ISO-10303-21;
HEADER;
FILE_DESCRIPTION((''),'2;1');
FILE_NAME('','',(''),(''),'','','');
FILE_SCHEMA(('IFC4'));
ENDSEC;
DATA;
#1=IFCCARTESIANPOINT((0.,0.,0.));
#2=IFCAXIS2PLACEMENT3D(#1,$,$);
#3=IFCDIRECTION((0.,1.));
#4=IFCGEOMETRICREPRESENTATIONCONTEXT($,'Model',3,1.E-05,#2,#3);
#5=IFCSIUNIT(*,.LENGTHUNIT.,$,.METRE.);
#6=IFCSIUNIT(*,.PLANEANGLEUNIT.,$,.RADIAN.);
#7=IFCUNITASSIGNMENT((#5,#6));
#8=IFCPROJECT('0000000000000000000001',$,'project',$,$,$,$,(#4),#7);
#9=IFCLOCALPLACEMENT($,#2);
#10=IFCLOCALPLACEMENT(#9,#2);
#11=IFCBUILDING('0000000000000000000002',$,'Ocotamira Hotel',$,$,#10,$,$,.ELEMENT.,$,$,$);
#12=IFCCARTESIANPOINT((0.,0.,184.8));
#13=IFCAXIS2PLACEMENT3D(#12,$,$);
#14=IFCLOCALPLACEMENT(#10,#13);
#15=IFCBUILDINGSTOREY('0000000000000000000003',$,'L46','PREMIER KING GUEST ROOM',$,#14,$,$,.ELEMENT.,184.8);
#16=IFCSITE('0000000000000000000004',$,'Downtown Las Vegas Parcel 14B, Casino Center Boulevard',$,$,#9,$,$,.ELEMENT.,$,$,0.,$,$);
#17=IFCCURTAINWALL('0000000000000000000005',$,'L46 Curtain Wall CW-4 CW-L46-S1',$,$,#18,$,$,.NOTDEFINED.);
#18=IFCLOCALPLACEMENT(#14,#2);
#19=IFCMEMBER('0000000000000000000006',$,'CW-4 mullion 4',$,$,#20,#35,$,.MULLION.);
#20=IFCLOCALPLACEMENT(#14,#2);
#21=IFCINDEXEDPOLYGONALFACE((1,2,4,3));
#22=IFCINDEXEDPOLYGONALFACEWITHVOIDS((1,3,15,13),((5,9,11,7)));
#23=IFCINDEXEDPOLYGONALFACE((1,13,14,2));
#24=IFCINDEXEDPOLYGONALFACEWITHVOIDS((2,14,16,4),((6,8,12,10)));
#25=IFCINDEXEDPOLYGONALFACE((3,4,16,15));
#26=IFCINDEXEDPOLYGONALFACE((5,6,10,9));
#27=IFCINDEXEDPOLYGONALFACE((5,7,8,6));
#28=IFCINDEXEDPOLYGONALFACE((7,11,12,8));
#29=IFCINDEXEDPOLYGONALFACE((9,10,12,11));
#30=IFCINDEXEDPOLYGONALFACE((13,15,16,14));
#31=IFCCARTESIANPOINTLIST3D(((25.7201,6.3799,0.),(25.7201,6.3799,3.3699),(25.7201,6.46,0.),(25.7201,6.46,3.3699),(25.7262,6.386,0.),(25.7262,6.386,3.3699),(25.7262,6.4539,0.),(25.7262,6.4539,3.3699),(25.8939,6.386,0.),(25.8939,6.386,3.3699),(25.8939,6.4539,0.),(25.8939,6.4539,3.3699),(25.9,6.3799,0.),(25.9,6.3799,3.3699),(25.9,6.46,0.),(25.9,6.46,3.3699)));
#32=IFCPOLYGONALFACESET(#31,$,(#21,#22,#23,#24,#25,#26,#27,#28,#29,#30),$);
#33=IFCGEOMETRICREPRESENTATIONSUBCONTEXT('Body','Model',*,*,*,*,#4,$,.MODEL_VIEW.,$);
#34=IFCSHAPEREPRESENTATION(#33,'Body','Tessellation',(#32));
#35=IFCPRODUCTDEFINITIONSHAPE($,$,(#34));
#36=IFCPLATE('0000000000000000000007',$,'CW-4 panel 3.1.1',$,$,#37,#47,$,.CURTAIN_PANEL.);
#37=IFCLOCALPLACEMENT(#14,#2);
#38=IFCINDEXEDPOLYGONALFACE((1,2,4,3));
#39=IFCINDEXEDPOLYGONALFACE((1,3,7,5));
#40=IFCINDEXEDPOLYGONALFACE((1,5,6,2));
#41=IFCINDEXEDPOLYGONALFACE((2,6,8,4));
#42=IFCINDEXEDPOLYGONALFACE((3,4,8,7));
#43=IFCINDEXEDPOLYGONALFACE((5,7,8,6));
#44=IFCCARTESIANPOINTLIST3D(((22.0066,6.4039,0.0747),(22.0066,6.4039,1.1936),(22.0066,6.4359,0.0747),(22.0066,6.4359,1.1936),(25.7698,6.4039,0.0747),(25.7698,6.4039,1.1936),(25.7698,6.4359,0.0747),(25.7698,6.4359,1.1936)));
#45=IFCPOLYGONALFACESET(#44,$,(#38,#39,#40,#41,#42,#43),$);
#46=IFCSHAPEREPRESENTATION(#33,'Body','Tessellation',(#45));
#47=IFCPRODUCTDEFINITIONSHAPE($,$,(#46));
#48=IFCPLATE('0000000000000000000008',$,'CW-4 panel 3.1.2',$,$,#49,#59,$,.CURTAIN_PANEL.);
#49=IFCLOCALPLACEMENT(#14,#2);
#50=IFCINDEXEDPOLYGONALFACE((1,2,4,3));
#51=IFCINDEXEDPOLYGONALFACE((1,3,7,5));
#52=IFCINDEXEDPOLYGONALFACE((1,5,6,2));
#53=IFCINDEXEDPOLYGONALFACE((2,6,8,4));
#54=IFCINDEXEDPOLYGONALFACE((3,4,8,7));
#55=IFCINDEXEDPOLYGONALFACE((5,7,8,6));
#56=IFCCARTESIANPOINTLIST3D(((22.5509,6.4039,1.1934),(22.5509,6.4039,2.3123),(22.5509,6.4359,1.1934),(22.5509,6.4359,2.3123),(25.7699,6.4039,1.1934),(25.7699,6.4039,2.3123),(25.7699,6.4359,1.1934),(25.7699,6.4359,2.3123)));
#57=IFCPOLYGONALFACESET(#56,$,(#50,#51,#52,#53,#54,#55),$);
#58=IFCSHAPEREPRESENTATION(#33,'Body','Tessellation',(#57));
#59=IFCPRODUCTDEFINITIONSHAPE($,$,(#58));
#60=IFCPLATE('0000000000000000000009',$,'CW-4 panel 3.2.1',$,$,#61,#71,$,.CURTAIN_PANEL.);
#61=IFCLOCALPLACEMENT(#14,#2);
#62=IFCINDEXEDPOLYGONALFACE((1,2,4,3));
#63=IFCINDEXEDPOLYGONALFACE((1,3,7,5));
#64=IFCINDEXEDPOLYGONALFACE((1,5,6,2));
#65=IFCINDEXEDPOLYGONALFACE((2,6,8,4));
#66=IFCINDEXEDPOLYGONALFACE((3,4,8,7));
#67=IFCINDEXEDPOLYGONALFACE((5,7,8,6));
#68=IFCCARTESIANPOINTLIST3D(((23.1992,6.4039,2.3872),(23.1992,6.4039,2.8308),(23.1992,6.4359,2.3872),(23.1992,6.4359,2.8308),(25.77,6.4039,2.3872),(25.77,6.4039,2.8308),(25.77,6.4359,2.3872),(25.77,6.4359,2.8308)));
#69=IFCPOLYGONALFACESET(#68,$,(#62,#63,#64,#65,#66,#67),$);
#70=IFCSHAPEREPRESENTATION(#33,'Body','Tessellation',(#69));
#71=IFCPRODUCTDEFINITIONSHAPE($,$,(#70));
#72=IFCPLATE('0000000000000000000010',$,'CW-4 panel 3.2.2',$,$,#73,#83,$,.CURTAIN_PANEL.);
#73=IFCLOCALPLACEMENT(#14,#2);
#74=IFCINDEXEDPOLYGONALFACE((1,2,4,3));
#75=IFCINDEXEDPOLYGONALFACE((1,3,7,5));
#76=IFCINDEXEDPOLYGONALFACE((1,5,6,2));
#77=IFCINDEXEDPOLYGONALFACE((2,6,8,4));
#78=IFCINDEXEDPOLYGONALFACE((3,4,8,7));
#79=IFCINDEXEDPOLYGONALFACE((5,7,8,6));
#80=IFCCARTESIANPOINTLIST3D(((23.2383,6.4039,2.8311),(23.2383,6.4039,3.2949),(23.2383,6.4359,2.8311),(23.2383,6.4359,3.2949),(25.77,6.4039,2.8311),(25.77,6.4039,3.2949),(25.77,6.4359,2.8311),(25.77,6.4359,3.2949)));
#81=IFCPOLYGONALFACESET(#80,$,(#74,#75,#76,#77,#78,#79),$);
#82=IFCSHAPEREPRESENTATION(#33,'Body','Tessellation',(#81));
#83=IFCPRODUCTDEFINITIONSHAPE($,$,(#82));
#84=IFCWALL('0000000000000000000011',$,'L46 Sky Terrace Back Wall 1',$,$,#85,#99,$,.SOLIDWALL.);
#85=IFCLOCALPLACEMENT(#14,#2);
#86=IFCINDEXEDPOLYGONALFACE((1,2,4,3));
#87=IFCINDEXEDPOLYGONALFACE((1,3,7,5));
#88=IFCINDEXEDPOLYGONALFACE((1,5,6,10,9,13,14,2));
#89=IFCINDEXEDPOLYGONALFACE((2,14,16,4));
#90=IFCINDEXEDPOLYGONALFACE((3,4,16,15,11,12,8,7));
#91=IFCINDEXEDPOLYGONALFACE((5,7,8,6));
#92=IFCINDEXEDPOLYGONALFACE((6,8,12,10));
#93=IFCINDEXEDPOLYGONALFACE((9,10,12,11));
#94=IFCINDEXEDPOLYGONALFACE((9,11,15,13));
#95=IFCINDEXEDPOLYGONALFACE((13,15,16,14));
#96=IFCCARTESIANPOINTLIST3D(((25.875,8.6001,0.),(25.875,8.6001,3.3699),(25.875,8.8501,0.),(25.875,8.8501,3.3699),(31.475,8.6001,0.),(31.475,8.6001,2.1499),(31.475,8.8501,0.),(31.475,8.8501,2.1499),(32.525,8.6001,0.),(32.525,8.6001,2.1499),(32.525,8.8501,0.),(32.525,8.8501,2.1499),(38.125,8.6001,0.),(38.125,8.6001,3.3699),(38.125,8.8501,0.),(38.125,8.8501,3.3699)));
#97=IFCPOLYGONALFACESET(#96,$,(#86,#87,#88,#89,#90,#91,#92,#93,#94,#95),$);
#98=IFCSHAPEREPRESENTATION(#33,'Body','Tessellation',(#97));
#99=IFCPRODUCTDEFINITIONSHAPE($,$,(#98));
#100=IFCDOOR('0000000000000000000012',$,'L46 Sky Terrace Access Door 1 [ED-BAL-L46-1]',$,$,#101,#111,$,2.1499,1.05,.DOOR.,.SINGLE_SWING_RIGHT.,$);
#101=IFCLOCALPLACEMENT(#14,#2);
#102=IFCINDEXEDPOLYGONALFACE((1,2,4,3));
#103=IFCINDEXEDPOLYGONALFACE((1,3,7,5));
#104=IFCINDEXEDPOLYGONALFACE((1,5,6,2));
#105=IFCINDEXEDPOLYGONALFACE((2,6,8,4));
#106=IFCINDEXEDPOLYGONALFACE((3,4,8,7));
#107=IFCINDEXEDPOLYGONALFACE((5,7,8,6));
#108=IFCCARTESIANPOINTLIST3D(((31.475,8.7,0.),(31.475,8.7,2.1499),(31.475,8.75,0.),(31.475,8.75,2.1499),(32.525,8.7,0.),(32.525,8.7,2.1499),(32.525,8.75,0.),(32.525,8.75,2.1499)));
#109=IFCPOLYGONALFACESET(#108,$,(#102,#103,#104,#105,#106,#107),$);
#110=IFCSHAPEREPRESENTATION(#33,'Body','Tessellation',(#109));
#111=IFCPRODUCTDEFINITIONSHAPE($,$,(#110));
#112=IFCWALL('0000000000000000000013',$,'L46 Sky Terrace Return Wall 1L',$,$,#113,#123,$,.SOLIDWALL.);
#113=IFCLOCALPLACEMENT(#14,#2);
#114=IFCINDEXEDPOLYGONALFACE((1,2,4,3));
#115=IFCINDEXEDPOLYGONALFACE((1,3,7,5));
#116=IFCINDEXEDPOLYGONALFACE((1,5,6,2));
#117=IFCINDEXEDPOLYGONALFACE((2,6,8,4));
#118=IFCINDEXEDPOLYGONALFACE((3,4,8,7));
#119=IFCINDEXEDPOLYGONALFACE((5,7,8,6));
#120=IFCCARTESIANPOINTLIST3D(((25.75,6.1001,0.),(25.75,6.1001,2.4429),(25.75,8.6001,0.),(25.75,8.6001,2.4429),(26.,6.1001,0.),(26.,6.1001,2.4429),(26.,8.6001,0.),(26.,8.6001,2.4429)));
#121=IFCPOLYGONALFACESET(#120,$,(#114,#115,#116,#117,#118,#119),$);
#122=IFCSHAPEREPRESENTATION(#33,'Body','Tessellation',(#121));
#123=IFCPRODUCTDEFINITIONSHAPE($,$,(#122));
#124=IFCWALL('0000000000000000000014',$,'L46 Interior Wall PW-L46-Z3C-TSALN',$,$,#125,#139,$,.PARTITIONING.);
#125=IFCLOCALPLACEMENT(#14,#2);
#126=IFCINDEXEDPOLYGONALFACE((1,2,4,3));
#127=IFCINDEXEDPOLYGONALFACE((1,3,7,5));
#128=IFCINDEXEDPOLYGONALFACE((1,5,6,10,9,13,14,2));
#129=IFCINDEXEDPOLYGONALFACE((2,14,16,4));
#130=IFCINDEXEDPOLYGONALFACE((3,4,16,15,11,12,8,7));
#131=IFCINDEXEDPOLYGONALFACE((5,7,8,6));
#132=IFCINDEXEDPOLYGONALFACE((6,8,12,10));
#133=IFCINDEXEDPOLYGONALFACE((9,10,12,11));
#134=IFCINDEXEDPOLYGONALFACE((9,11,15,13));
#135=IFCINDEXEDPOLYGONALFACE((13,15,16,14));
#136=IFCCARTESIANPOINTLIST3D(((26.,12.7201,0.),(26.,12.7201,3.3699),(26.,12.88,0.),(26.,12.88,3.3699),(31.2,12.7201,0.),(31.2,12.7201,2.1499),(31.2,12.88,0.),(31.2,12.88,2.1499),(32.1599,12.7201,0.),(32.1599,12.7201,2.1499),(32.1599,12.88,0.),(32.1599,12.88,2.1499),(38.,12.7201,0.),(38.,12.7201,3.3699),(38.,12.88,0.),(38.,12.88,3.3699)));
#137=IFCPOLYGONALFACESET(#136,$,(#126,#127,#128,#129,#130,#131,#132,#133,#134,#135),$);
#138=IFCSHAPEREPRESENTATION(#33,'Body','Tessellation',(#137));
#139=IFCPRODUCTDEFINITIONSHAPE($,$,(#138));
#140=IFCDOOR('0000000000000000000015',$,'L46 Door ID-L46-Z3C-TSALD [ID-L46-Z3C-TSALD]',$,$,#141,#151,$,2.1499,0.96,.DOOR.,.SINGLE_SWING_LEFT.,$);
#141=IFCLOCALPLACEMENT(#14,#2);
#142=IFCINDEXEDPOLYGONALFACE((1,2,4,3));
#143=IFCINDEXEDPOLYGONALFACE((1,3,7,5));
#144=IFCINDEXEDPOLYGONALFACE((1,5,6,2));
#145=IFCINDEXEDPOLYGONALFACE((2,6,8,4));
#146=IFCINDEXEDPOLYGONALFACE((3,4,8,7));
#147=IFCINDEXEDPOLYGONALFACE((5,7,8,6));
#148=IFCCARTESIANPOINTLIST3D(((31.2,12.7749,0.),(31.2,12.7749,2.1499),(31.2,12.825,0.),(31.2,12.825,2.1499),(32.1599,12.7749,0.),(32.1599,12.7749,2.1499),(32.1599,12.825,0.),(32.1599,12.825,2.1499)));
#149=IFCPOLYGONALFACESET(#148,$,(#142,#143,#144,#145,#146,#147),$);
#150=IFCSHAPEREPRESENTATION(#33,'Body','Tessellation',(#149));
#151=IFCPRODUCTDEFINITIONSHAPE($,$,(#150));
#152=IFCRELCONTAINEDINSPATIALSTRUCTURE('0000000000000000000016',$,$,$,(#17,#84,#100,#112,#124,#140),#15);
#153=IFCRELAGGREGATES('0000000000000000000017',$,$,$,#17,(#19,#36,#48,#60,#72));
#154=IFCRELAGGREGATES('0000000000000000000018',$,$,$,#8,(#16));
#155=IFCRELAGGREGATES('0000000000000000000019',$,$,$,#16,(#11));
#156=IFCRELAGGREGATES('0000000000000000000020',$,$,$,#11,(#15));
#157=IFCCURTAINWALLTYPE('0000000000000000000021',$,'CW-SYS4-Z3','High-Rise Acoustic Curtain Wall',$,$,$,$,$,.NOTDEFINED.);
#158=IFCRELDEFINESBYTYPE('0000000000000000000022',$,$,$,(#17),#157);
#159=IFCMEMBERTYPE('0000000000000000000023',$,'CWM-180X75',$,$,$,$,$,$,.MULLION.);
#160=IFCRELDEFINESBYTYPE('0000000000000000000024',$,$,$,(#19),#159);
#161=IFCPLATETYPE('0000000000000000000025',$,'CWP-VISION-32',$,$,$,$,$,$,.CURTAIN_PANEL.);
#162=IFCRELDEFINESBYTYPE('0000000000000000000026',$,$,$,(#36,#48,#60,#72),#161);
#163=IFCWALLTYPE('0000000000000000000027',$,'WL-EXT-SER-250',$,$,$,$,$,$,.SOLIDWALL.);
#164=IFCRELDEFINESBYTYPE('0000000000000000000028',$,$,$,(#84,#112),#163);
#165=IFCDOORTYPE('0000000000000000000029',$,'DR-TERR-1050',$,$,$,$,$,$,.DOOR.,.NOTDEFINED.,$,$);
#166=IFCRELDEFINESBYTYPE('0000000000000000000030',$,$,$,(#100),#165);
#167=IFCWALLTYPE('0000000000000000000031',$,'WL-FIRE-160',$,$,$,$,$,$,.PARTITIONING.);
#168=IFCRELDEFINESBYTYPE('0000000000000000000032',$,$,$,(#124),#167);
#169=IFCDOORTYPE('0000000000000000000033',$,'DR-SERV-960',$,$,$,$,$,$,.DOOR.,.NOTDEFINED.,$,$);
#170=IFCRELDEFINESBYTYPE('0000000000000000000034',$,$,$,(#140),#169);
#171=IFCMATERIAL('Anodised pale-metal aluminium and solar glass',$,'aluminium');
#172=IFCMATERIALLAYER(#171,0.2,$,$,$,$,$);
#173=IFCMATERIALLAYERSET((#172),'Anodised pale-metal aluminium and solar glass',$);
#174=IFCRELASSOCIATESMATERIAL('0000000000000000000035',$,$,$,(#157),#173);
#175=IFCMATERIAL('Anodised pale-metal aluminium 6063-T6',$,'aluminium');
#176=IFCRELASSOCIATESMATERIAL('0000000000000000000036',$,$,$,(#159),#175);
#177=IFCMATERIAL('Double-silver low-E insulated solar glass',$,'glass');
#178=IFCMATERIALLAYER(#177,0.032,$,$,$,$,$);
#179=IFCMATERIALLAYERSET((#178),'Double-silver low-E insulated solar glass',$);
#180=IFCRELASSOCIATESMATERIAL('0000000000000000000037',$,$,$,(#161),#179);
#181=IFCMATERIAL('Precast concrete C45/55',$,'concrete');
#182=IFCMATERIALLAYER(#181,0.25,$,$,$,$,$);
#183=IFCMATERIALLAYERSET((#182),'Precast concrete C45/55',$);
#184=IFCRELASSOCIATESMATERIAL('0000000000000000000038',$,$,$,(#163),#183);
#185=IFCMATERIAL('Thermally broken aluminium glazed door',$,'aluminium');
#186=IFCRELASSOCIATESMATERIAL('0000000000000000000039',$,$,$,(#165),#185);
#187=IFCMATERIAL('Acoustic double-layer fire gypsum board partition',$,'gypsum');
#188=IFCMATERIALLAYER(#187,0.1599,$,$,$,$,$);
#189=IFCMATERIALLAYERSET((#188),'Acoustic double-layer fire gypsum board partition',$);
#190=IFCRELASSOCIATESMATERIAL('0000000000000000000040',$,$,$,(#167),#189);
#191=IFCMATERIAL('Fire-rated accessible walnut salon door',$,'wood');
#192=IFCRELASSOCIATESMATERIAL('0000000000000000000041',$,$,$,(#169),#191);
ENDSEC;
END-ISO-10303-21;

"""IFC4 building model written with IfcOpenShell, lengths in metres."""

from ifc_helpers import new_model, si_unit, direction, frame, frame_2d, origin, origin_2d, place, context, subcontext, project, spatial, rectangle, hollow_rectangle, extrude, source, transform, mapped, material, layer, layer_set, material_profile, profile_set, type_object, element, fill, aggregate, save


model = new_model("IFC4")

# Units and contexts
model_context = context("Model", 3, precision=1e-05, world=origin(), true_north=direction((0.0, 1.0)))
body_context = subcontext(model_context, "Body", "Model", "MODEL_VIEW")
ifc_project = project(units=[si_unit("LENGTHUNIT", "METRE"), si_unit("PLANEANGLEUNIT", "RADIAN")], contexts=[model_context])

# Site, building, storey
site_placement = place(None, origin())
site = spatial("IfcSite", under=ifc_project, at=site_placement, Name="Downtown Las Vegas Parcel 14B, Casino Center Boulevard", CompositionType="ELEMENT", RefElevation=0.0)
building_placement = place(site_placement, origin())
building = spatial("IfcBuilding", under=site, at=building_placement, Name="Ocotamira Hotel", CompositionType="ELEMENT")
storey_placement = place(building_placement, frame((0.0, 0.0, 184.8)))
storey = spatial("IfcBuildingStorey", under=building, at=storey_placement, Name="L46", Description="PREMIER KING GUEST ROOM", CompositionType="ELEMENT", Elevation=184.8)

# Curtain wall, member, plates
ifc_material_1 = material(Name="Anodised pale-metal aluminium and solar glass", Category="aluminium")
ifc_layer_1 = layer(ifc_material_1, 0.2)
ifc_layer_set_1 = layer_set([ifc_layer_1], Name="Anodised pale-metal aluminium and solar glass")
curtain_wall_type = type_object("IfcCurtainWallType", Name="CW-SYS4-Z3", Description="High-Rise Acoustic Curtain Wall", PredefinedType="NOTDEFINED", material=ifc_layer_set_1)
curtain_wall_placement = place(storey_placement, origin())
curtain_wall = element("IfcCurtainWall", 1, at=curtain_wall_placement, inside=storey, type_object=curtain_wall_type, Name="L46 Curtain Wall CW-4 CW-L46-S1", PredefinedType="NOTDEFINED")
ifc_material_2 = material(Name="Anodised pale-metal aluminium 6063-T6", Category="aluminium")
ifc_material_profile = material_profile(ifc_material_2, hollow_rectangle(XDim=0.0801, YDim=0.1799, WallThickness=0.0061, at=origin_2d()), Name="HSS180X80X6")
ifc_profile_set = profile_set([ifc_material_profile], Name="Anodised pale-metal aluminium 6063-T6")
member_type = type_object("IfcMemberType", Name="CWM-180X75", PredefinedType="MULLION", material=ifc_profile_set)
shared_shape_1 = source(origin(), body_context, "Body", "SweptSolid", [
    extrude(hollow_rectangle(XDim=0.0801, YDim=0.1799, WallThickness=0.0061, at=origin_2d()), origin(), (0.0, 0.0, 1.0), 3.3699),
])
member_placement = place(storey_placement, frame((25.8101, 6.4199, 0.0), z_axis=(0.0, 0.0, 1.0), x_axis=(0.0, 1.0, 0.0)))
member = element("IfcMember", 2, at=member_placement, type_object=member_type, Name="CW-4 mullion 4", PredefinedType="MULLION", context=body_context, shape_type="MappedRepresentation", body=[
    mapped(shared_shape_1, transform((0.0, 0.0, 0.0), scale=1.0)),
])
ifc_material_3 = material(Name="Double-silver low-E insulated solar glass", Category="glass")
ifc_layer_2 = layer(ifc_material_3, 0.032)
ifc_layer_set_2 = layer_set([ifc_layer_2], Name="Double-silver low-E insulated solar glass")
plate_type = type_object("IfcPlateType", Name="CWP-VISION-32", PredefinedType="CURTAIN_PANEL", material=ifc_layer_set_2)
shared_shape_2 = source(origin(), body_context, "Body", "SweptSolid", [
    extrude(rectangle(XDim=3.7632, YDim=0.032, at=origin_2d()), origin(), (0.0, 0.0, 1.0), 1.1189),
])
plate_1_placement = place(storey_placement, frame((23.8882, 6.4199, 0.0747), z_axis=(0.0, 0.0, 1.0), x_axis=(1.0, 0.0, 0.0)))
plate_1 = element("IfcPlate", 3, at=plate_1_placement, type_object=plate_type, Name="CW-4 panel 3.1.1", PredefinedType="CURTAIN_PANEL", context=body_context, shape_type="MappedRepresentation", body=[
    mapped(shared_shape_2, transform((0.0, 0.0, 0.0), scale=1.0)),
])
shared_shape_3 = source(origin(), body_context, "Body", "SweptSolid", [
    extrude(rectangle(XDim=3.219, YDim=0.032, at=origin_2d()), origin(), (0.0, 0.0, 1.0), 1.1189),
])
plate_2_placement = place(storey_placement, frame((24.1604, 6.4199, 1.1934), z_axis=(0.0, 0.0, 1.0), x_axis=(1.0, 0.0, 0.0)))
plate_2 = element("IfcPlate", 4, at=plate_2_placement, type_object=plate_type, Name="CW-4 panel 3.1.2", PredefinedType="CURTAIN_PANEL", context=body_context, shape_type="MappedRepresentation", body=[
    mapped(shared_shape_3, transform((0.0, 0.0, 0.0), scale=1.0)),
])
shared_shape_4 = source(origin(), body_context, "Body", "SweptSolid", [
    extrude(rectangle(XDim=2.5708, YDim=0.032, at=origin_2d()), origin(), (0.0, 0.0, 1.0), 0.4436),
])
plate_3_placement = place(storey_placement, frame((24.4846, 6.4199, 2.3872), z_axis=(0.0, 0.0, 1.0), x_axis=(1.0, 0.0, 0.0)))
plate_3 = element("IfcPlate", 5, at=plate_3_placement, type_object=plate_type, Name="CW-4 panel 3.2.1", PredefinedType="CURTAIN_PANEL", context=body_context, shape_type="MappedRepresentation", body=[
    mapped(shared_shape_4, transform((0.0, 0.0, 0.0), scale=1.0)),
])
shared_shape_5 = source(origin(), body_context, "Body", "SweptSolid", [
    extrude(rectangle(XDim=2.5317, YDim=0.032, at=origin_2d()), origin(), (0.0, 0.0, 1.0), 0.4639),
])
plate_4_placement = place(storey_placement, frame((24.5042, 6.4199, 2.8311), z_axis=(0.0, 0.0, 1.0), x_axis=(1.0, 0.0, 0.0)))
plate_4 = element("IfcPlate", 6, at=plate_4_placement, type_object=plate_type, Name="CW-4 panel 3.2.2", PredefinedType="CURTAIN_PANEL", context=body_context, shape_type="MappedRepresentation", body=[
    mapped(shared_shape_5, transform((0.0, 0.0, 0.0), scale=1.0)),
])
aggregate(curtain_wall, [member, plate_1, plate_2, plate_3, plate_4])

# Wall, opening, door
ifc_material_4 = material(Name="Precast concrete C45/55", Category="concrete")
ifc_layer_3 = layer(ifc_material_4, 0.25)
ifc_layer_set_3 = layer_set([ifc_layer_3], Name="Precast concrete C45/55")
wall_type_1 = type_object("IfcWallType", Name="WL-EXT-SER-250", PredefinedType="SOLIDWALL", material=ifc_layer_set_3)
wall_1_placement = place(storey_placement, frame((25.875, 8.7251, 0.0), z_axis=(0.0, 0.0, 1.0), x_axis=(1.0, 0.0, 0.0)))
wall_1 = element("IfcWall", 7, at=wall_1_placement, inside=storey, type_object=wall_type_1, Name="L46 Sky Terrace Back Wall 1", PredefinedType="SOLIDWALL", context=body_context, shape_type="SweptSolid", body=[
    extrude(rectangle(XDim=12.25, YDim=0.25, at=frame_2d((6.125, 0.0))), origin(), (0.0, 0.0, 1.0), 3.3699),
])
opening_1_placement = place(wall_1_placement, frame((5.6001, 0.0, 0.0)))
opening_1 = element("IfcOpeningElement", 8, at=opening_1_placement, cuts=wall_1, PredefinedType="OPENING", context=body_context, shape_type="SweptSolid", body=[
    extrude(rectangle(XDim=1.05, YDim=2.1499, at=frame_2d((0.5249, 1.075))), frame((0.0, 0.135, 0.0), z_axis=(0.0, -1.0, 0.0), x_axis=(1.0, 0.0, 0.0)), (0.0, 0.0, 1.0), 0.27),
])
ifc_material_5 = material(Name="Thermally broken aluminium glazed door", Category="aluminium")
door_type_1 = type_object("IfcDoorType", Name="DR-TERR-1050", OperationType="NOTDEFINED", PredefinedType="DOOR", material=ifc_material_5)
shared_shape_6 = source(origin(), body_context, "Body", "SweptSolid", [
    extrude(rectangle(XDim=1.05, YDim=2.1499, at=frame_2d((0.5249, 1.075))), frame((0.0, 0.0249, 0.0), z_axis=(0.0, -1.0, 0.0), x_axis=(1.0, 0.0, 0.0)), (0.0, 0.0, 1.0), 0.05),
])
door_1_placement = place(opening_1_placement, origin())
door_1 = element("IfcDoor", 9, at=door_1_placement, inside=storey, type_object=door_type_1, Name="L46 Sky Terrace Access Door 1 [ED-BAL-L46-1]", OperationType="SINGLE_SWING_RIGHT", OverallHeight=2.1499, OverallWidth=1.05, PredefinedType="DOOR", context=body_context, shape_type="MappedRepresentation", body=[
    mapped(shared_shape_6, transform((0.0, 0.0, 0.0), scale=1.0)),
])
fill(opening_1, door_1)

# Wall
wall_2_placement = place(storey_placement, frame((25.875, 6.1001, 0.0), z_axis=(0.0, 0.0, 1.0), x_axis=(0.0, 1.0, 0.0)))
element("IfcWall", 10, at=wall_2_placement, inside=storey, type_object=wall_type_1, Name="L46 Sky Terrace Return Wall 1L", PredefinedType="SOLIDWALL", context=body_context, shape_type="SweptSolid", body=[
    extrude(rectangle(XDim=2.5, YDim=0.25, at=frame_2d((1.25, 0.0))), origin(), (0.0, 0.0, 1.0), 2.4429),
])

# Wall, opening, door
ifc_material_6 = material(Name="Acoustic double-layer fire gypsum board partition", Category="gypsum")
ifc_layer_4 = layer(ifc_material_6, 0.1599)
ifc_layer_set_4 = layer_set([ifc_layer_4], Name="Acoustic double-layer fire gypsum board partition")
wall_type_2 = type_object("IfcWallType", Name="WL-FIRE-160", PredefinedType="PARTITIONING", material=ifc_layer_set_4)
wall_3_placement = place(storey_placement, frame((26.0, 12.8, 0.0), z_axis=(0.0, 0.0, 1.0), x_axis=(1.0, 0.0, 0.0)))
wall_3 = element("IfcWall", 11, at=wall_3_placement, inside=storey, type_object=wall_type_2, Name="L46 Interior Wall PW-L46-Z3C-TSALN", PredefinedType="PARTITIONING", context=body_context, shape_type="SweptSolid", body=[
    extrude(rectangle(XDim=12.0, YDim=0.1599, at=frame_2d((6.0, 0.0))), origin(), (0.0, 0.0, 1.0), 3.3699),
])
opening_2_placement = place(wall_3_placement, frame((5.2, 0.0, 0.0)))
opening_2 = element("IfcOpeningElement", 12, at=opening_2_placement, cuts=wall_3, PredefinedType="OPENING", context=body_context, shape_type="SweptSolid", body=[
    extrude(rectangle(XDim=0.96, YDim=2.1499, at=frame_2d((0.48, 1.075))), frame((0.0, 0.0898, 0.0), z_axis=(0.0, -1.0, 0.0), x_axis=(1.0, 0.0, 0.0)), (0.0, 0.0, 1.0), 0.1799),
])
ifc_material_7 = material(Name="Fire-rated accessible walnut salon door", Category="wood")
door_type_2 = type_object("IfcDoorType", Name="DR-SERV-960", OperationType="NOTDEFINED", PredefinedType="DOOR", material=ifc_material_7)
shared_shape_7 = source(origin(), body_context, "Body", "SweptSolid", [
    extrude(rectangle(XDim=0.96, YDim=2.1499, at=frame_2d((0.48, 1.075))), frame((0.0, 0.0249, 0.0), z_axis=(0.0, -1.0, 0.0), x_axis=(1.0, 0.0, 0.0)), (0.0, 0.0, 1.0), 0.05),
])
door_2_placement = place(opening_2_placement, origin())
door_2 = element("IfcDoor", 13, at=door_2_placement, inside=storey, type_object=door_type_2, Name="L46 Door ID-L46-Z3C-TSALD [ID-L46-Z3C-TSALD]", OperationType="SINGLE_SWING_LEFT", OverallHeight=2.1499, OverallWidth=0.96, PredefinedType="DOOR", context=body_context, shape_type="MappedRepresentation", body=[
    mapped(shared_shape_7, transform((0.0, 0.0, 0.0), scale=1.0)),
])
fill(opening_2, door_2)

save(model, "model.ifc")
